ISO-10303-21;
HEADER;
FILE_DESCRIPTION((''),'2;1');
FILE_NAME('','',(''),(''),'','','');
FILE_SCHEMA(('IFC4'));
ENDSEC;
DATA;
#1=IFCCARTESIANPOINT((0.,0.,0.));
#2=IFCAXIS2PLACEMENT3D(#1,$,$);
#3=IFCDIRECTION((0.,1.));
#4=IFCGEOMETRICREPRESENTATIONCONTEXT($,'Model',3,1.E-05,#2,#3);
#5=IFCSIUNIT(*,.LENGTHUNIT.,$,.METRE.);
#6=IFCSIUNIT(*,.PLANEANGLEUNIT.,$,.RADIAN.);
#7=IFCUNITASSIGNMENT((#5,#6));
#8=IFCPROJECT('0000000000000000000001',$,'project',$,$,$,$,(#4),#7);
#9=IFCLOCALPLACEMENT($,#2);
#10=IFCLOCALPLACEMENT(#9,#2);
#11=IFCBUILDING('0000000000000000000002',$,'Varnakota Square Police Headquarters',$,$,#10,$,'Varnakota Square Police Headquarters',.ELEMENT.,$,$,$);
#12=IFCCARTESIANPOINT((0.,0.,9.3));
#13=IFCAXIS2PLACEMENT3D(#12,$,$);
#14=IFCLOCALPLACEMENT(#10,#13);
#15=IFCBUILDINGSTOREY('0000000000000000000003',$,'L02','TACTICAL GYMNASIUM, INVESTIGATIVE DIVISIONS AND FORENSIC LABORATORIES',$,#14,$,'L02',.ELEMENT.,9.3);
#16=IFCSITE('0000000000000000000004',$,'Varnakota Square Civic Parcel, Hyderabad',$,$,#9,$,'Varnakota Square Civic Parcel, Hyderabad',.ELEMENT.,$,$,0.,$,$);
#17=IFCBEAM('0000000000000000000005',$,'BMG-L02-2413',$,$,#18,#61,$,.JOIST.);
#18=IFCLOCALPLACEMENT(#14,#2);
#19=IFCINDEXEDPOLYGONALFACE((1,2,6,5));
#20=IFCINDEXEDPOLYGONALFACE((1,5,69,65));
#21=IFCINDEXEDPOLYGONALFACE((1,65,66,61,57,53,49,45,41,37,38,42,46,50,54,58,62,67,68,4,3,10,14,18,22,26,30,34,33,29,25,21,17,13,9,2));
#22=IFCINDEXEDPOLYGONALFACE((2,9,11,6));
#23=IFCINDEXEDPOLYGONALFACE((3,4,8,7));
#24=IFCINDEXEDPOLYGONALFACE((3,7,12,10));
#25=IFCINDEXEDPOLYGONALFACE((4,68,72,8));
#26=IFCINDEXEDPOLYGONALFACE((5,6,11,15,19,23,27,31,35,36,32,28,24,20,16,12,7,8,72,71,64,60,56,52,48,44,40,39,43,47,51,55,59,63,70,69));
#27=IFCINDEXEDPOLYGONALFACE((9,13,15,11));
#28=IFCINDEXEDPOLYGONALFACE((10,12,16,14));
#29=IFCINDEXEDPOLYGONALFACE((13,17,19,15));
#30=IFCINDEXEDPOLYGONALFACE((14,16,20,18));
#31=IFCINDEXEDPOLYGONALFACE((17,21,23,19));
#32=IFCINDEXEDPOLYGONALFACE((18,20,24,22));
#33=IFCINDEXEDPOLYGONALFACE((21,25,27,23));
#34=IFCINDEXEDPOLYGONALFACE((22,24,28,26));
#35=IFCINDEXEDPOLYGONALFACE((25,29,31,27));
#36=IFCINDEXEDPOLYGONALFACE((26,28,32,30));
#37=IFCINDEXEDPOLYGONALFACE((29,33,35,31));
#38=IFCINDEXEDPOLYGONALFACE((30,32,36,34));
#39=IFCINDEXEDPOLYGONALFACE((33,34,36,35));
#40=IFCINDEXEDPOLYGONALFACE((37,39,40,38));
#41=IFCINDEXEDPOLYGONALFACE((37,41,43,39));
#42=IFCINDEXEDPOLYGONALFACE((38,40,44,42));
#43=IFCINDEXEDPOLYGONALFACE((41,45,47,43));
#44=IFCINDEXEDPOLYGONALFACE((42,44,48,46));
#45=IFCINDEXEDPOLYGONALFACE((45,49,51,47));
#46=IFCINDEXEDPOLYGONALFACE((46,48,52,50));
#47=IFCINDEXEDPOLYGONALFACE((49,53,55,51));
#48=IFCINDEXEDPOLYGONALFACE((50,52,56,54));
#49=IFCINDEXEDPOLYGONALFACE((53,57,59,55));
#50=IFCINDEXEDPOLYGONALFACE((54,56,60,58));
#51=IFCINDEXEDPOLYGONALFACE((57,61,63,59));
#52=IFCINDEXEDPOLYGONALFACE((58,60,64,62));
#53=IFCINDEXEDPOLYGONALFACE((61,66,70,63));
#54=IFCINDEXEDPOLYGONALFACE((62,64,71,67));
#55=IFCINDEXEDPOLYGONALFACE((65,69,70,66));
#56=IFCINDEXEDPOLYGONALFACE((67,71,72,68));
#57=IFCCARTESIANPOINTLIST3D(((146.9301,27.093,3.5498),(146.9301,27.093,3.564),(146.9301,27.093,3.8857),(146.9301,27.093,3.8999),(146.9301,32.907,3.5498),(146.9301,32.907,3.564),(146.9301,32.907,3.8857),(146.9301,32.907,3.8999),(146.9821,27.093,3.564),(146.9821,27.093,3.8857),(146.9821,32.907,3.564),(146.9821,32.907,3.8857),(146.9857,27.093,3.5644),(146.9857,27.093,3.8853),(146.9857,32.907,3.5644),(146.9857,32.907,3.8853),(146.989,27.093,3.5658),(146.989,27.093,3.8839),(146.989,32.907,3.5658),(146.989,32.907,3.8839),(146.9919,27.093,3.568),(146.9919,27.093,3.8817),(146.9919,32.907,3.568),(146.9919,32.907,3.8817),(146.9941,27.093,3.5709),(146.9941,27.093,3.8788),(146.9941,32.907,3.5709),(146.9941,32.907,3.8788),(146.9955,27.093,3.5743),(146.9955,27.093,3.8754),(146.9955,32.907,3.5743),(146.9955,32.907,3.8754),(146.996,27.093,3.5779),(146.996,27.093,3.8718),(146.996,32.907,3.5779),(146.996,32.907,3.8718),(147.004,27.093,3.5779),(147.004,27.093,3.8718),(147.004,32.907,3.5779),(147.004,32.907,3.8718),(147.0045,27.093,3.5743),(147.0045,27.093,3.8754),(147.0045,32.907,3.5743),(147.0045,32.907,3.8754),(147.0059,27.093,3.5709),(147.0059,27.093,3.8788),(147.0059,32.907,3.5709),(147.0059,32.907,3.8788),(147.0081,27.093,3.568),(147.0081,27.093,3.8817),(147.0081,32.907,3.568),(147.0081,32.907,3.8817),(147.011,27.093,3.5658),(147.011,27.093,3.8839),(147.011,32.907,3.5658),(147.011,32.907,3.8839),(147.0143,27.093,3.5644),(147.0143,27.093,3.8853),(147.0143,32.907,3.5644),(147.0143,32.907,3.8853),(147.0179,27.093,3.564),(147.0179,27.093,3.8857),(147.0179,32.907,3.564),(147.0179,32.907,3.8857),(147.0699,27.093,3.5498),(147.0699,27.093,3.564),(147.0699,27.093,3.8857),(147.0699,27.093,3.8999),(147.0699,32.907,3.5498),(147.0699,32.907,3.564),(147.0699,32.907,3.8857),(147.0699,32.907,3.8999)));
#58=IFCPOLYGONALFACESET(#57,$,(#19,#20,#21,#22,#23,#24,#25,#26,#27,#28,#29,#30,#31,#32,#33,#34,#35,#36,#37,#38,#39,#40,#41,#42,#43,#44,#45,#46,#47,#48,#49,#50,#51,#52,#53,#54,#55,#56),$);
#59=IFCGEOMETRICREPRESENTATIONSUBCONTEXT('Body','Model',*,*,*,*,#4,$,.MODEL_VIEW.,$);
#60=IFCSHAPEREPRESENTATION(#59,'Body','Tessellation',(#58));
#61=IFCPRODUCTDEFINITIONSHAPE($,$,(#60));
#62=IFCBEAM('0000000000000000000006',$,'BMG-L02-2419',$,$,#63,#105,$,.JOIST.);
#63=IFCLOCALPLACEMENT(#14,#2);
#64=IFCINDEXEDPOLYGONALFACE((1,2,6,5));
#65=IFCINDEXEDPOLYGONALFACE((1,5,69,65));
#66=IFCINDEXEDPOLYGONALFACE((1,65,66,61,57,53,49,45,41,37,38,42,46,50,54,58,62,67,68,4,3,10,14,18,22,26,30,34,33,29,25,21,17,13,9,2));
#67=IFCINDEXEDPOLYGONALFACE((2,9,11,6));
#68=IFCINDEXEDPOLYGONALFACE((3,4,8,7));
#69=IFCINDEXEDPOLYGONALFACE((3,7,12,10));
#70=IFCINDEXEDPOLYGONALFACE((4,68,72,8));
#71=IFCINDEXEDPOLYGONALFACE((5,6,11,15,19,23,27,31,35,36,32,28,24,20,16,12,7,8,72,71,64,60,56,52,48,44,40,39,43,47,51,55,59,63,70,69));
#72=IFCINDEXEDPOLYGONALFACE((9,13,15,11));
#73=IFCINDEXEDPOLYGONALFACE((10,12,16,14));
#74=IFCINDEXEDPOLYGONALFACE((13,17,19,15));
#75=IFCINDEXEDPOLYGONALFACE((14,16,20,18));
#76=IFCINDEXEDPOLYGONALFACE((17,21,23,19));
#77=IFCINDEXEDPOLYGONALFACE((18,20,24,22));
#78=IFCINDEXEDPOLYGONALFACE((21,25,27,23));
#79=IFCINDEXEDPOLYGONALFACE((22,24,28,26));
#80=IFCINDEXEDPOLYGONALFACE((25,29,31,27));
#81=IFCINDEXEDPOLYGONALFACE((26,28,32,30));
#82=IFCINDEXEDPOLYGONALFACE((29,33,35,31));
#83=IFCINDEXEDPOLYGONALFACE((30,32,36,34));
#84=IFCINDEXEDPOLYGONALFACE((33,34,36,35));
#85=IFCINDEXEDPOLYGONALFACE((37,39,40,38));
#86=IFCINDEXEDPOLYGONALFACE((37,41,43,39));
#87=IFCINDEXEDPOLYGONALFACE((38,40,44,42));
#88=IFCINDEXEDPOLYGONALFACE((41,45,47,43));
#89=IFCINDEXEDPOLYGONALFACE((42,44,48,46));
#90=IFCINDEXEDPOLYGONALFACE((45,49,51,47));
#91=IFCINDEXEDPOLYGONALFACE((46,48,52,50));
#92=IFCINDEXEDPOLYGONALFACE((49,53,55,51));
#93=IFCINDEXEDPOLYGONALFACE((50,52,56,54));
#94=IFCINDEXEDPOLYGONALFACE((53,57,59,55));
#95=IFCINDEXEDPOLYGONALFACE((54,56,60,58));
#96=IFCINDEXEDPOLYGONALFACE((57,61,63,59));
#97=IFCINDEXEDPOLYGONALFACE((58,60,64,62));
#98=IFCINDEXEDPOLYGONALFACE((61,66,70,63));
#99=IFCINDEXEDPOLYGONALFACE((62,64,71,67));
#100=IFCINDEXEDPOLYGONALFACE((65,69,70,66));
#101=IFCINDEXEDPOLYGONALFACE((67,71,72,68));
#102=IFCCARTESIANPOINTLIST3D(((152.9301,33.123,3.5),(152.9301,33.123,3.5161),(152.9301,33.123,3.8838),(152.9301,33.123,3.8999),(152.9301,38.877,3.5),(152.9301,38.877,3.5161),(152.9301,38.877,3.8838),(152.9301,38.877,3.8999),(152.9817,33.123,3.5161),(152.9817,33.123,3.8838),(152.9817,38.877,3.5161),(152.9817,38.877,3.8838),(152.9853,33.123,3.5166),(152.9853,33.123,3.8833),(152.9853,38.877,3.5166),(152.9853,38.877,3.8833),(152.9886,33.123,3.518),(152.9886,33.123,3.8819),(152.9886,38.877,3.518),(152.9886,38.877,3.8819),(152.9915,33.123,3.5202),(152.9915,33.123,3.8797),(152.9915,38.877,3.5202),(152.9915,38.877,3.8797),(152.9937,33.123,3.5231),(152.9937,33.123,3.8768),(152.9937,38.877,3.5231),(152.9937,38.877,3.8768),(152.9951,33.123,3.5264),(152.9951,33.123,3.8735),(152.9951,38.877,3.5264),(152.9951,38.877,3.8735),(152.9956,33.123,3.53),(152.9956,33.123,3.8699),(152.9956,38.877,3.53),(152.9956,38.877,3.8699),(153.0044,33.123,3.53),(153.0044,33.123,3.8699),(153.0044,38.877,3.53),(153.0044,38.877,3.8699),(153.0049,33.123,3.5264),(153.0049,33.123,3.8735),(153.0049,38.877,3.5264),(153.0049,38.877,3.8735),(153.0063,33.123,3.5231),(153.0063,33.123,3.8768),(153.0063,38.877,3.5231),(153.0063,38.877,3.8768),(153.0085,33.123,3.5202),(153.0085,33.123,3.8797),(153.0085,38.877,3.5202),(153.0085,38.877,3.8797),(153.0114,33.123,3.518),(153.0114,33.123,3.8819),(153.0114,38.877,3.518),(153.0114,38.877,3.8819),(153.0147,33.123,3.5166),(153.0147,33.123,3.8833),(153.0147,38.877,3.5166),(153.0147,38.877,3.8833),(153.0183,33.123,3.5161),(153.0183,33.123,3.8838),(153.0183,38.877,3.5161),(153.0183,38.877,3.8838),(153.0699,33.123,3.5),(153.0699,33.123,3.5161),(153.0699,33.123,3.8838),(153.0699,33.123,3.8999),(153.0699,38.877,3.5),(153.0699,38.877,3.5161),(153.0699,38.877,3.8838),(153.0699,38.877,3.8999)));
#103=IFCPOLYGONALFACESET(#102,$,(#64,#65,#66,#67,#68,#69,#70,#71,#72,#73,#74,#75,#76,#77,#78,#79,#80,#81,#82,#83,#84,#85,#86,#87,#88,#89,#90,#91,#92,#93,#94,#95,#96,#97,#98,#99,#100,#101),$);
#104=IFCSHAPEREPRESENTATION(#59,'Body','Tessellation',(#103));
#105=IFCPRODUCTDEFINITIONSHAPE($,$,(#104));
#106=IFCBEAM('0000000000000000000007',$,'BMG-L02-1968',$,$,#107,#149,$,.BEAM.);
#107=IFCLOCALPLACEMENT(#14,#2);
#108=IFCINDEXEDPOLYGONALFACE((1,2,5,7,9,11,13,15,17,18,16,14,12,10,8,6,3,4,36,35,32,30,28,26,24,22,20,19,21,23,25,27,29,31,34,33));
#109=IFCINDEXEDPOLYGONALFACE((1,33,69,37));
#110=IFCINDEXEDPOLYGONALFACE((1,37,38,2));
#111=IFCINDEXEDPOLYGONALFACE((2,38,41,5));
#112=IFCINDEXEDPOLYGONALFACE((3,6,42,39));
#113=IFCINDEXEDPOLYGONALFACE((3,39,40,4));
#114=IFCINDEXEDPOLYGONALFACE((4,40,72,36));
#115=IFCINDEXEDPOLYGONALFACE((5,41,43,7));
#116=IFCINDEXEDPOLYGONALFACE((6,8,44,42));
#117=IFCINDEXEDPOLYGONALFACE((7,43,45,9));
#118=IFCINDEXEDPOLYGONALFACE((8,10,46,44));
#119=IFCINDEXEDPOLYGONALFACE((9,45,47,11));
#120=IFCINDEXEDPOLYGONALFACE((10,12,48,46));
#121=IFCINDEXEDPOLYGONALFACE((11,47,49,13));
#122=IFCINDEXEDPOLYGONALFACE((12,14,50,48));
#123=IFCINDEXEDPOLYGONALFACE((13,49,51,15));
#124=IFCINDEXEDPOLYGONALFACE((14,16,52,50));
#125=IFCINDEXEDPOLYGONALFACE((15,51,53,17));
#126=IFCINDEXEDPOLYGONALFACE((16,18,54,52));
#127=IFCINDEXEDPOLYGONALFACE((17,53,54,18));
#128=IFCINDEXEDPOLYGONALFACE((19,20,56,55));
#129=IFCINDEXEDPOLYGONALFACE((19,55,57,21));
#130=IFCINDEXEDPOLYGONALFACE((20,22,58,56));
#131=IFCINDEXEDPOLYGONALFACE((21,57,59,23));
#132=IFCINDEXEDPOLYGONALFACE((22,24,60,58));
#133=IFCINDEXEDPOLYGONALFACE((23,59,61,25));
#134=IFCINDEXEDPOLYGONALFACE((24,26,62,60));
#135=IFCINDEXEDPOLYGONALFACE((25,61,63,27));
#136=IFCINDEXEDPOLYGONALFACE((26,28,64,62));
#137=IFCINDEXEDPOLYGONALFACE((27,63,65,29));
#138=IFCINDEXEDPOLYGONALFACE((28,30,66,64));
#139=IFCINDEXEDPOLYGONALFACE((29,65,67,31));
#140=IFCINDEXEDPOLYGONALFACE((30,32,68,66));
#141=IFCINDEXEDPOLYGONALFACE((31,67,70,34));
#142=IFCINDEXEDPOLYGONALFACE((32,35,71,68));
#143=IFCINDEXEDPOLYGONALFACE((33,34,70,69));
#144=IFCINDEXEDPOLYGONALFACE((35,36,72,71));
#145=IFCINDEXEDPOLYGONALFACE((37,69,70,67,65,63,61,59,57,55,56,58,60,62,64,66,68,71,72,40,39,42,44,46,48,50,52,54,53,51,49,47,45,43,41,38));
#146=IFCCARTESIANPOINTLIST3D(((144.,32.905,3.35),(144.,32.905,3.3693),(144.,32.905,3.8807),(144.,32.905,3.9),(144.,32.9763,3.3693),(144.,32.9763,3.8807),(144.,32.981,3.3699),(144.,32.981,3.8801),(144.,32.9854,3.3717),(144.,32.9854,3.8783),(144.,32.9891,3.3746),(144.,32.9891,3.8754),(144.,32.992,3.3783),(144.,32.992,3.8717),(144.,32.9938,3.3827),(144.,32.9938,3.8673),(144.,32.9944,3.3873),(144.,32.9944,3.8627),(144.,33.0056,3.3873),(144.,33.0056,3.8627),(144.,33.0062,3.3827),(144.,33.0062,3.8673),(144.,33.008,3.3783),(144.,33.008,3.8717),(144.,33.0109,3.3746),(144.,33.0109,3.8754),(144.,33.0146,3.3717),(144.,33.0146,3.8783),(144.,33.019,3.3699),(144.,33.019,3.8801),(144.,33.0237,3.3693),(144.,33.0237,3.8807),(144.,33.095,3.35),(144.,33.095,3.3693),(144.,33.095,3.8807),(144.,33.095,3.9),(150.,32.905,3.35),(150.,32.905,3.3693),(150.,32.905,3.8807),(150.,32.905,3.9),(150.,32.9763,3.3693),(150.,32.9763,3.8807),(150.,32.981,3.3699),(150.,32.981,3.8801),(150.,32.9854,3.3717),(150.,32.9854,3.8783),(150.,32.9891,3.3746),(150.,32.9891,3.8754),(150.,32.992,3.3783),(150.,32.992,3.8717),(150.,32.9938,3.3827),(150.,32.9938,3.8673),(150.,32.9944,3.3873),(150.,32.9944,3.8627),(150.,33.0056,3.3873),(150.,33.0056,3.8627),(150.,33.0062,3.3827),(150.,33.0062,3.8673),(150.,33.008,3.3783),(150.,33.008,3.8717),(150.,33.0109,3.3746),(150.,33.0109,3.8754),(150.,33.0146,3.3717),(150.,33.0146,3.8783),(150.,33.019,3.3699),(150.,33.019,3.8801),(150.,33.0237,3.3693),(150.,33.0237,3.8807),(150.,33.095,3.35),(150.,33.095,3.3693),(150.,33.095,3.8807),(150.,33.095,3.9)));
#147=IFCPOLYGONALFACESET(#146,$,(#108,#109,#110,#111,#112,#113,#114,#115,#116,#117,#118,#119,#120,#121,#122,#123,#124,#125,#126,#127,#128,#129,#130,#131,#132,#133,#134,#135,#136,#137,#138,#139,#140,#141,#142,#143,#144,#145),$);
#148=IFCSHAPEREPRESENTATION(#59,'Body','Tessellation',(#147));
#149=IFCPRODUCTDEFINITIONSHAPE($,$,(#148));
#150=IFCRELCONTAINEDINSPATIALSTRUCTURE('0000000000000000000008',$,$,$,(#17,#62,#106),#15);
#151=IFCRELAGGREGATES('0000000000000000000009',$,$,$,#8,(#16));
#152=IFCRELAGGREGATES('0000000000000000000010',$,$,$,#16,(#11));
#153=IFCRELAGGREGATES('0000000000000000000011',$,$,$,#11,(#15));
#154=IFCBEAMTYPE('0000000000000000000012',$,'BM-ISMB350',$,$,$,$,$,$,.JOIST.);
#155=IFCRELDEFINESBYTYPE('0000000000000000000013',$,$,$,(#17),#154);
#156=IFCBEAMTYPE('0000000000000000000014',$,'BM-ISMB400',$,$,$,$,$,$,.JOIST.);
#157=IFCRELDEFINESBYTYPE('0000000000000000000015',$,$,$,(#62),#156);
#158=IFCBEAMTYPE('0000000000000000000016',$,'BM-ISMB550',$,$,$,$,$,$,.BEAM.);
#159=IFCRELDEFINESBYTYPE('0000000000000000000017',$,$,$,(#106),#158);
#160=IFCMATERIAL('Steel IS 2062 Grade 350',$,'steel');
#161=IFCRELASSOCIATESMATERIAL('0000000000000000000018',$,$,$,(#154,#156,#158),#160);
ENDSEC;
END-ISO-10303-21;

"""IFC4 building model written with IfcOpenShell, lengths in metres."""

from ifc_helpers import new_model, si_unit, direction, frame, origin, origin_2d, place, context, subcontext, project, spatial, i_section, extrude, material, material_profile, profile_set, type_object, element, save


model = new_model("IFC4")

# Units and contexts
model_context = context("Model", 3, precision=1e-05, world=origin(), true_north=direction((0.0, 1.0)))
body_context = subcontext(model_context, "Body", "Model", "MODEL_VIEW")
ifc_project = project(units=[si_unit("LENGTHUNIT", "METRE"), si_unit("PLANEANGLEUNIT", "RADIAN")], contexts=[model_context])

# Site, building, storey
site_placement = place(None, origin())
site = spatial("IfcSite", under=ifc_project, at=site_placement, Name="Varnakota Square Civic Parcel, Hyderabad", LongName="Varnakota Square Civic Parcel, Hyderabad", CompositionType="ELEMENT", RefElevation=0.0)
building_placement = place(site_placement, origin())
building = spatial("IfcBuilding", under=site, at=building_placement, Name="Varnakota Square Police Headquarters", LongName="Varnakota Square Police Headquarters", CompositionType="ELEMENT")
storey_placement = place(building_placement, frame((0.0, 0.0, 9.3)))
storey = spatial("IfcBuildingStorey", under=building, at=storey_placement, Name="L02", Description="TACTICAL GYMNASIUM, INVESTIGATIVE DIVISIONS AND FORENSIC LABORATORIES", LongName="L02", CompositionType="ELEMENT", Elevation=9.3)

# Shared definitions
ifc_material_1 = material(Name="Steel IS 2062 Grade 350", Category="steel")

# Beams
ifc_material_profile_1 = material_profile(ifc_material_1, i_section(OverallWidth=0.1399, OverallDepth=0.3501, WebThickness=0.0081, FlangeThickness=0.0142, FilletRadius=0.0139, at=origin_2d()), Name="ISMB 350")
ifc_profile_set_1 = profile_set([ifc_material_profile_1], Name="Steel IS 2062 Grade 350")
beam_type_1 = type_object("IfcBeamType", Name="BM-ISMB350", PredefinedType="JOIST", material=ifc_profile_set_1)
beam_1_placement = place(storey_placement, frame((147.0, 27.093, 3.7249), z_axis=(0.0, 1.0, 0.0), x_axis=(-1.0, 0.0, 0.0)))
element("IfcBeam", 1, at=beam_1_placement, inside=storey, type_object=beam_type_1, Name="BMG-L02-2413", PredefinedType="JOIST", context=body_context, shape_type="SweptSolid", body=[
    extrude(i_section(OverallWidth=0.1399, OverallDepth=0.3501, WebThickness=0.0081, FlangeThickness=0.0142, FilletRadius=0.0139, at=origin_2d()), origin(), (0.0, 0.0, 1.0), 5.814),
])
ifc_material_profile_2 = material_profile(ifc_material_1, i_section(OverallWidth=0.1399, OverallDepth=0.3999, WebThickness=0.0088, FlangeThickness=0.0161, FilletRadius=0.0139, at=origin_2d()), Name="ISMB 400")
ifc_profile_set_2 = profile_set([ifc_material_profile_2], Name="Steel IS 2062 Grade 350")
beam_type_2 = type_object("IfcBeamType", Name="BM-ISMB400", PredefinedType="JOIST", material=ifc_profile_set_2)
beam_2_placement = place(storey_placement, frame((153.0, 33.123, 3.7), z_axis=(0.0, 1.0, 0.0), x_axis=(-1.0, 0.0, 0.0)))
element("IfcBeam", 2, at=beam_2_placement, inside=storey, type_object=beam_type_2, Name="BMG-L02-2419", PredefinedType="JOIST", context=body_context, shape_type="SweptSolid", body=[
    extrude(i_section(OverallWidth=0.1399, OverallDepth=0.3999, WebThickness=0.0088, FlangeThickness=0.0161, FilletRadius=0.0139, at=origin_2d()), origin(), (0.0, 0.0, 1.0), 5.7539),
])
ifc_material_profile_3 = material_profile(ifc_material_1, i_section(OverallWidth=0.1899, OverallDepth=0.55, WebThickness=0.0112, FlangeThickness=0.0193, FilletRadius=0.0181, at=origin_2d()), Name="ISMB 550")
ifc_profile_set_3 = profile_set([ifc_material_profile_3], Name="Steel IS 2062 Grade 350")
beam_type_3 = type_object("IfcBeamType", Name="BM-ISMB550", PredefinedType="BEAM", material=ifc_profile_set_3)
beam_3_placement = place(storey_placement, frame((144.0, 33.0, 3.625), z_axis=(1.0, 0.0, 0.0), x_axis=(0.0, 1.0, 0.0)))
element("IfcBeam", 3, at=beam_3_placement, inside=storey, type_object=beam_type_3, Name="BMG-L02-1968", PredefinedType="BEAM", context=body_context, shape_type="SweptSolid", body=[
    extrude(i_section(OverallWidth=0.1899, OverallDepth=0.55, WebThickness=0.0112, FlangeThickness=0.0193, FilletRadius=0.0181, at=origin_2d()), origin(), (0.0, 0.0, 1.0), 6.0),
])

save(model, "model.ifc")
